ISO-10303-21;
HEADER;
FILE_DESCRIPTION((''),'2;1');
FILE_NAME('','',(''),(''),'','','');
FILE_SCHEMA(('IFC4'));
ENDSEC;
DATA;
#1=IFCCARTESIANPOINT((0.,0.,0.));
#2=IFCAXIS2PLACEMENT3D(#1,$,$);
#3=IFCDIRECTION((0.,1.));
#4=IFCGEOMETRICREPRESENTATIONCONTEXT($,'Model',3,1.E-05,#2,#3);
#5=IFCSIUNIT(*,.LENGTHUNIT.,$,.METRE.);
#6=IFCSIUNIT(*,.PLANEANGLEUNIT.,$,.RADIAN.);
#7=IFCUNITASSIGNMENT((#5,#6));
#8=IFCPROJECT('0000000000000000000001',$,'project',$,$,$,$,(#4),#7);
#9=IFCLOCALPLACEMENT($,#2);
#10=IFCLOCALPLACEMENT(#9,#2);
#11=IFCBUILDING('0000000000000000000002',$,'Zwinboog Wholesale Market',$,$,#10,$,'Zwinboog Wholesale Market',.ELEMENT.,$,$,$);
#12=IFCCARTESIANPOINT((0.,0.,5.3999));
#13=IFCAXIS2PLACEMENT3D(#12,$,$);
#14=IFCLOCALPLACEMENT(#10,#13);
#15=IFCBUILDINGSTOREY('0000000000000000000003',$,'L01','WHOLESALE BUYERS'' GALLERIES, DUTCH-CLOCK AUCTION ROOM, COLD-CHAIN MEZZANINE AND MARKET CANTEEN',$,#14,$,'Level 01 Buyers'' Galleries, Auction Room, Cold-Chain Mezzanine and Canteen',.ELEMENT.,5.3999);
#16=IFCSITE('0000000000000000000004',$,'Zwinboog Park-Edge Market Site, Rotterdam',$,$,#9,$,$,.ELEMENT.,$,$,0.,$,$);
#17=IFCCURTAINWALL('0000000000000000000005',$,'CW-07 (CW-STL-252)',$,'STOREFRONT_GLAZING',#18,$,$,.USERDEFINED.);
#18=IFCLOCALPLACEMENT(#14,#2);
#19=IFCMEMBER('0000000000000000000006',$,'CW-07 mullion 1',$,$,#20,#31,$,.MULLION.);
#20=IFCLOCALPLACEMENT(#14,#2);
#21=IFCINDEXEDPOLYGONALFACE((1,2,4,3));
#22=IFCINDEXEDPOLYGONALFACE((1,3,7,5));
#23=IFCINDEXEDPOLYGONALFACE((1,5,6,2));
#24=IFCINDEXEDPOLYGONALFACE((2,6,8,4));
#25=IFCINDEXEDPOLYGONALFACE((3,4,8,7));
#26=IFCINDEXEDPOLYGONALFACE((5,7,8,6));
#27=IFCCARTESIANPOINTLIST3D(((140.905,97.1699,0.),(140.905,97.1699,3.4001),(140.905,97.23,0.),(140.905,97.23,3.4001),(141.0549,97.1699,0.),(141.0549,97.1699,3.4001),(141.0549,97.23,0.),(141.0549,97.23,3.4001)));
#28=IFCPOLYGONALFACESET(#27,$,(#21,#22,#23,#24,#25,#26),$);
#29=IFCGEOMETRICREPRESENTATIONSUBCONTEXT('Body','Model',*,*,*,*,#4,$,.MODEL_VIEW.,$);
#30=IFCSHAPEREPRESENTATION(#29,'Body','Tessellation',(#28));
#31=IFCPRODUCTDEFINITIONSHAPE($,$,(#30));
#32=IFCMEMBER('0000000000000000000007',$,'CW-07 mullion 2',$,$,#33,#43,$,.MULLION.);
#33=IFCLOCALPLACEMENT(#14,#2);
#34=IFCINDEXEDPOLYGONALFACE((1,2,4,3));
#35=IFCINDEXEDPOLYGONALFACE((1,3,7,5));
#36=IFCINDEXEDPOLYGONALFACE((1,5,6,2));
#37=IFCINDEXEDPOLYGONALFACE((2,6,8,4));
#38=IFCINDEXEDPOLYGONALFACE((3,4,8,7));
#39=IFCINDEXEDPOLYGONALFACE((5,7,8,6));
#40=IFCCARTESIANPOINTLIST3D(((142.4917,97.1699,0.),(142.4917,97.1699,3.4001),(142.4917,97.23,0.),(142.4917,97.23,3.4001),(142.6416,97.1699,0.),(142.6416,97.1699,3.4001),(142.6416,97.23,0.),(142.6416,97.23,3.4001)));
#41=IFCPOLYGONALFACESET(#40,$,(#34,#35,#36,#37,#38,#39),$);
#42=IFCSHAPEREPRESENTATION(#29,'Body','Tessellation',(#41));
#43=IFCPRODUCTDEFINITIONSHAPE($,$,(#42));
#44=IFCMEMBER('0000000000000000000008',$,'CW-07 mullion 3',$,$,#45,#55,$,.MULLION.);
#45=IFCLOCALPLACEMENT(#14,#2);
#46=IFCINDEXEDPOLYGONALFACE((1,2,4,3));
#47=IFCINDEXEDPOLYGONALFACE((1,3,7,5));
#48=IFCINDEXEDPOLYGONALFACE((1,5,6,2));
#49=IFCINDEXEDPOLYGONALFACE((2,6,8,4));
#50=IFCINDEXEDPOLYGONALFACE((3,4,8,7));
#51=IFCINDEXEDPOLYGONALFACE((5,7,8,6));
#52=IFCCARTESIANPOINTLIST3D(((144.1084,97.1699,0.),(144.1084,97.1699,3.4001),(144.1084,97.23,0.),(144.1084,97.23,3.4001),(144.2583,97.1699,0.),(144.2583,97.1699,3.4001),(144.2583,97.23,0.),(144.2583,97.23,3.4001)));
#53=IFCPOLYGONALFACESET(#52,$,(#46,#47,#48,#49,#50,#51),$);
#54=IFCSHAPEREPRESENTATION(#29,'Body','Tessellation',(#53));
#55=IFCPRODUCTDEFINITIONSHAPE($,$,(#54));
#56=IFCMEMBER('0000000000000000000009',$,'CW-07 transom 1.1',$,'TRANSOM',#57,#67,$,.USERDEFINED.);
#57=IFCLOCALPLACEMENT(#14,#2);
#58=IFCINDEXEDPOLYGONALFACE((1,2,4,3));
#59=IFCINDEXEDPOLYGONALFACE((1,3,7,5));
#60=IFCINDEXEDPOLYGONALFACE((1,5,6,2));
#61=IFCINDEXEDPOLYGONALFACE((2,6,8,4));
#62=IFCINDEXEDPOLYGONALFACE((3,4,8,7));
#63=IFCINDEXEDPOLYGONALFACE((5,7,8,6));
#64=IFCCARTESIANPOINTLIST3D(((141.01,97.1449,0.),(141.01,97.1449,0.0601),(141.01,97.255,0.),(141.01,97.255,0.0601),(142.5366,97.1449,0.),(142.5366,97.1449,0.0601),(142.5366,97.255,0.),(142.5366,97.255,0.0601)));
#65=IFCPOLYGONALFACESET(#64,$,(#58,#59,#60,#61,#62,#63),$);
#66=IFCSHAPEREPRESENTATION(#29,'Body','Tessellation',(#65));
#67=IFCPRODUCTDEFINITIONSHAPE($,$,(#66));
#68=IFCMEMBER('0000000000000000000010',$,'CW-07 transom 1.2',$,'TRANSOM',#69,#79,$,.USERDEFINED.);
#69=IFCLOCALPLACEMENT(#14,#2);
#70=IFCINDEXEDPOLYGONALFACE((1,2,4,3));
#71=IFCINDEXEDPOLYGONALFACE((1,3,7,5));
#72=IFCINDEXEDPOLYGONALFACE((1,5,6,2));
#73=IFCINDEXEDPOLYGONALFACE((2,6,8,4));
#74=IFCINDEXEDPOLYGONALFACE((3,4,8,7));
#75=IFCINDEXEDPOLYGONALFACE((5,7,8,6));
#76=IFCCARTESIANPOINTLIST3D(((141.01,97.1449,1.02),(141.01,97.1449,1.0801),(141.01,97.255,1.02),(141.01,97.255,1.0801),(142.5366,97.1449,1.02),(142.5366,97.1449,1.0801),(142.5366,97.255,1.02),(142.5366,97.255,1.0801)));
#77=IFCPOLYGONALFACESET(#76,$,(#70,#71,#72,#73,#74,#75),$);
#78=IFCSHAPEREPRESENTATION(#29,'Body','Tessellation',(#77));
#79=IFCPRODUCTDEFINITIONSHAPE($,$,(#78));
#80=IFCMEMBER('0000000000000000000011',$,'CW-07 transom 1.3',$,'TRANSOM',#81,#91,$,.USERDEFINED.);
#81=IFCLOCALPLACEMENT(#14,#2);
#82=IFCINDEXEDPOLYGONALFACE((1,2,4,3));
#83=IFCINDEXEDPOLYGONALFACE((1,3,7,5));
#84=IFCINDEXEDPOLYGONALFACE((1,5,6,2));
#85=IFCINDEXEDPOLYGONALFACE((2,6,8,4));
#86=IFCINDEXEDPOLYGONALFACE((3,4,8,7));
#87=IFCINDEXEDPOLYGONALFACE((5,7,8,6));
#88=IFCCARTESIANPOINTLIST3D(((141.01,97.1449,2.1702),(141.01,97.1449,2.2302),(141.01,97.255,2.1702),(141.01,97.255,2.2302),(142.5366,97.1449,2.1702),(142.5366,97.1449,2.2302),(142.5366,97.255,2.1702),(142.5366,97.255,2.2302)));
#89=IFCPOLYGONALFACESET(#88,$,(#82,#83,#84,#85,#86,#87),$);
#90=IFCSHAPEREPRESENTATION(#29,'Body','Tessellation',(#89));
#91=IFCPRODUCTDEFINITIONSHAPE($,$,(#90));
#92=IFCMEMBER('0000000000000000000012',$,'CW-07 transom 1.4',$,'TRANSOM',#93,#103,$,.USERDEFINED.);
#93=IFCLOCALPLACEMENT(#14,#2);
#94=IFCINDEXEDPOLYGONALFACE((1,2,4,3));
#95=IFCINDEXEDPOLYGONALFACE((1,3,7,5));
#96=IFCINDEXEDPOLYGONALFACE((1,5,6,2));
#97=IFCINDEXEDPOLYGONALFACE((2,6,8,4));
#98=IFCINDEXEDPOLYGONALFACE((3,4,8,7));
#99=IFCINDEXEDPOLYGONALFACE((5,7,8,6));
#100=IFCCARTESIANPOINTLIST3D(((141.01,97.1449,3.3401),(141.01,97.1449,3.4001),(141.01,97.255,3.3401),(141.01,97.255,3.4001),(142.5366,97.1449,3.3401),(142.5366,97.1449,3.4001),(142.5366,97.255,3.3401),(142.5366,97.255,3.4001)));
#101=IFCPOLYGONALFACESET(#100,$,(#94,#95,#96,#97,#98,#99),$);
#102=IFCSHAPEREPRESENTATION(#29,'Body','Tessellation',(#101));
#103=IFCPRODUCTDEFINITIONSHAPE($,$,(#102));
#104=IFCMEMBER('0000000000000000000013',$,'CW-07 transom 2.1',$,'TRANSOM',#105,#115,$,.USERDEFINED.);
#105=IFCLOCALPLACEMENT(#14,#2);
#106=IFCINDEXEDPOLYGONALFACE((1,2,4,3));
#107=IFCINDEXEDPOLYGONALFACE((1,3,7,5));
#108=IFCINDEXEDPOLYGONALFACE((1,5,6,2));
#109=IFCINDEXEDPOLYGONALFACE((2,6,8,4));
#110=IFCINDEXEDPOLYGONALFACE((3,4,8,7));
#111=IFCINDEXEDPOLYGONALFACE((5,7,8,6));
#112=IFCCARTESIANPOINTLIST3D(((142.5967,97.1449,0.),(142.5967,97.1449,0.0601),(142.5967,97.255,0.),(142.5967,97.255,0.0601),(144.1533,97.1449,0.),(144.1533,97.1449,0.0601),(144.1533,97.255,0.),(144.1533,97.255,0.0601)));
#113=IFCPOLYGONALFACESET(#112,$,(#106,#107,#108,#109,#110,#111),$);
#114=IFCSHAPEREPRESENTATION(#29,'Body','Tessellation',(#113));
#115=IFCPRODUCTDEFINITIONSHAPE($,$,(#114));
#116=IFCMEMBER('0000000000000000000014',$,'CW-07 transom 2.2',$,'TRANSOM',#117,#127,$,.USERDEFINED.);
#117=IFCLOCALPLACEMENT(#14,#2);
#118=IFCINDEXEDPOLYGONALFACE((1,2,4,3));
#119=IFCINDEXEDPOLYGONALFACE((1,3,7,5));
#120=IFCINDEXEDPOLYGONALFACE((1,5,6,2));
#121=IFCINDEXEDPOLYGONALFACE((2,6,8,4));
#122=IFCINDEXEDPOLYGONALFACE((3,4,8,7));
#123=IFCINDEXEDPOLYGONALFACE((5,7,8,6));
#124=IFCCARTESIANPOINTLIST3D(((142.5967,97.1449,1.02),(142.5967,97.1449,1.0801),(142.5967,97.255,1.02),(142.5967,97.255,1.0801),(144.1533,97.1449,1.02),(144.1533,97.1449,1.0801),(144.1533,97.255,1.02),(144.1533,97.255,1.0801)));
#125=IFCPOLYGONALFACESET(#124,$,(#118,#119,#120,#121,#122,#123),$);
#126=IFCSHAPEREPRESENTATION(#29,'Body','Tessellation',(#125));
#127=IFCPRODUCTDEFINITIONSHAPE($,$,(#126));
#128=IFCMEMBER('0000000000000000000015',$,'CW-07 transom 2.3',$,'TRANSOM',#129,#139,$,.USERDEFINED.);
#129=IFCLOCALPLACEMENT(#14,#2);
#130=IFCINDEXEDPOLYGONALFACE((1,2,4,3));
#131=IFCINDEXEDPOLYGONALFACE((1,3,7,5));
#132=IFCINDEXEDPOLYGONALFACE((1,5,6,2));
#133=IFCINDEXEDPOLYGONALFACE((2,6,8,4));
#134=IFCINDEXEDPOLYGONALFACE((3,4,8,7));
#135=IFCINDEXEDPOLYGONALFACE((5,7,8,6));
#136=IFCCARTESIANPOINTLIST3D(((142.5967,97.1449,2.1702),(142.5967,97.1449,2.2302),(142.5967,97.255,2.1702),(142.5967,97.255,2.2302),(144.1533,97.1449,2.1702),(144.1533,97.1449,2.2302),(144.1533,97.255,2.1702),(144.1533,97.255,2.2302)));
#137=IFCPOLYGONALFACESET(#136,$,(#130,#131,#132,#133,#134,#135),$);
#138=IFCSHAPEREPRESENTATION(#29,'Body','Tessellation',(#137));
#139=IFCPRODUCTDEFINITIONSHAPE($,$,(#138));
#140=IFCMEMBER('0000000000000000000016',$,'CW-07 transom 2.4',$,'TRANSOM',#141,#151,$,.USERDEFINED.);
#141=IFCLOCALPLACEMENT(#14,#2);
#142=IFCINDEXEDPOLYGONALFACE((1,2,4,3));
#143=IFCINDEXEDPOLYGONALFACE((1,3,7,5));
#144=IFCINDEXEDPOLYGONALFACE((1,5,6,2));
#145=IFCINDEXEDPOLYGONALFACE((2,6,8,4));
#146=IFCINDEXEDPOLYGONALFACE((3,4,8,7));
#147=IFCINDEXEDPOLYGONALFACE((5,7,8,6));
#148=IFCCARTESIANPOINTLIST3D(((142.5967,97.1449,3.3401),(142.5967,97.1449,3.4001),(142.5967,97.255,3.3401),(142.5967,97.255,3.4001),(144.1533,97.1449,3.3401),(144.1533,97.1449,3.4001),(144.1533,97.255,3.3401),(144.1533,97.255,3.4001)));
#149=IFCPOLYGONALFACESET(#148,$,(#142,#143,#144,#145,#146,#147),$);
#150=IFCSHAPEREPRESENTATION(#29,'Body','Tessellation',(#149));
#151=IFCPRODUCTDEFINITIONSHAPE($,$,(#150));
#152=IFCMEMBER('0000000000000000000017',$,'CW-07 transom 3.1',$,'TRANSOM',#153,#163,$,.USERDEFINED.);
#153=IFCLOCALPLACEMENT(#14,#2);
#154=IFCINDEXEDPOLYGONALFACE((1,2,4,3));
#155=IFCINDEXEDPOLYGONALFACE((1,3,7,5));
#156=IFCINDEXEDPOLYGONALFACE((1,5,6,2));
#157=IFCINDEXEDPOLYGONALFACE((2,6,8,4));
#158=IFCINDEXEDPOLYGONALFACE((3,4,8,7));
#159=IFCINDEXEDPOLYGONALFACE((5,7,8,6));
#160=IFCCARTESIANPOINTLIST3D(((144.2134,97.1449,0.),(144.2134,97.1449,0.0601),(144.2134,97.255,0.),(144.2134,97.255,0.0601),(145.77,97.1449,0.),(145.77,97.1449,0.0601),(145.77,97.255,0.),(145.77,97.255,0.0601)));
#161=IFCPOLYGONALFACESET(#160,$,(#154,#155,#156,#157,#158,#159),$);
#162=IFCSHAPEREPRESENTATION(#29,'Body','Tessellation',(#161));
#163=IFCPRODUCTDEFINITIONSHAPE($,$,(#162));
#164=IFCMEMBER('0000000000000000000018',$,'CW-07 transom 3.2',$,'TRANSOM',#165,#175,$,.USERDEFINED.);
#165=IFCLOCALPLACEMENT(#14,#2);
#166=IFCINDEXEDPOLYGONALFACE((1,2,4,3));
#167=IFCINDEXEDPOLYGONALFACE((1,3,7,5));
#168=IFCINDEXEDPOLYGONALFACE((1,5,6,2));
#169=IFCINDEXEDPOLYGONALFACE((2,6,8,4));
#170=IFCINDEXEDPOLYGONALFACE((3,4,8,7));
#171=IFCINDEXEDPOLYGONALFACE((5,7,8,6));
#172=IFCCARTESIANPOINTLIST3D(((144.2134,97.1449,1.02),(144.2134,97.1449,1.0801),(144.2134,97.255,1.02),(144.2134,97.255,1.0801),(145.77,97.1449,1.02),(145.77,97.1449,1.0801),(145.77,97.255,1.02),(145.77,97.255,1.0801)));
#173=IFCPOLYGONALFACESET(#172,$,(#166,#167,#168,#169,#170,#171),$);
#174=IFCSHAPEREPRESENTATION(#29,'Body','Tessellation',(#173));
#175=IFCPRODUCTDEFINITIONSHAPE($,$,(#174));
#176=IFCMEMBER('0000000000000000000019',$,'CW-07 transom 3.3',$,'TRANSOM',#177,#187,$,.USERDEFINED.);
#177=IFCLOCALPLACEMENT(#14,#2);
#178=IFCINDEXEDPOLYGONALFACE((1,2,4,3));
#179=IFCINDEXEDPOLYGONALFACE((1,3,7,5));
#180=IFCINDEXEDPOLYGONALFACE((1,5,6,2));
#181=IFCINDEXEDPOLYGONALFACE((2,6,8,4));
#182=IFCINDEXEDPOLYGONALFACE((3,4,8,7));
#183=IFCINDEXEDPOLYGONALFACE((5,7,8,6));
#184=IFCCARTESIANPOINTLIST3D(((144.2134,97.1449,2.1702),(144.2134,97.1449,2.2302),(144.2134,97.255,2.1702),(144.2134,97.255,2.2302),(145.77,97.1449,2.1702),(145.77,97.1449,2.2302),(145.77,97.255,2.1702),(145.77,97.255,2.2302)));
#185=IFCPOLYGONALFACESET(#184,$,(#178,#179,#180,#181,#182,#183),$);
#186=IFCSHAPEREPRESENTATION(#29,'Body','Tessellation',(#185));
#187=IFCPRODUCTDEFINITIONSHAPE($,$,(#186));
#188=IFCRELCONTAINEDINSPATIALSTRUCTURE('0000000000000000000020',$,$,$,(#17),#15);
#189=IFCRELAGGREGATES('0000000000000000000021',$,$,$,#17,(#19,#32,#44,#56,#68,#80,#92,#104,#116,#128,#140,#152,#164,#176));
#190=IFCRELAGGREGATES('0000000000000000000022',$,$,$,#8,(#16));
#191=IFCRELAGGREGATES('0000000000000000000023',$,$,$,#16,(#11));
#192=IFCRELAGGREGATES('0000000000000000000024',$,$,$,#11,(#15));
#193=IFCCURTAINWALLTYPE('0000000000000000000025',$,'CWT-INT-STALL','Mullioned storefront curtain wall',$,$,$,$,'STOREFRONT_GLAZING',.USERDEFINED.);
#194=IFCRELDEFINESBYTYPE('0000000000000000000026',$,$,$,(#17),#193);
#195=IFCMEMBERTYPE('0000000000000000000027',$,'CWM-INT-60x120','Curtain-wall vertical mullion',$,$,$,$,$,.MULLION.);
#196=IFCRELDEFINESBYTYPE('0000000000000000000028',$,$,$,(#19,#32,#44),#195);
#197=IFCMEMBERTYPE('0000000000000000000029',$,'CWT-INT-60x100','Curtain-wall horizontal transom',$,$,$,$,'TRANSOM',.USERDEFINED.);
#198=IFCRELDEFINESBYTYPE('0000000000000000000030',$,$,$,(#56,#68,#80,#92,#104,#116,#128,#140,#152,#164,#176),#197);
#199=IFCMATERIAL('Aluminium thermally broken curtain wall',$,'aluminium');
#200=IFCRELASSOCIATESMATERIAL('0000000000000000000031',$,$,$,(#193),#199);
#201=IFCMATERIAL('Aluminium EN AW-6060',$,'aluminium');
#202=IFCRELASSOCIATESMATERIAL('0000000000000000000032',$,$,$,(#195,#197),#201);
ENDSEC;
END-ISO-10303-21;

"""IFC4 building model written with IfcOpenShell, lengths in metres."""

from ifc_helpers import new_model, si_unit, direction, frame, origin, origin_2d, place, context, subcontext, project, spatial, rectangle, extrude, material, material_profile, profile_set, type_object, element, aggregate, save


model = new_model("IFC4")

# Units and contexts
model_context = context("Model", 3, precision=1e-05, world=origin(), true_north=direction((0.0, 1.0)))
body_context = subcontext(model_context, "Body", "Model", "MODEL_VIEW")
ifc_project = project(units=[si_unit("LENGTHUNIT", "METRE"), si_unit("PLANEANGLEUNIT", "RADIAN")], contexts=[model_context])

# Site, building, storey
site_placement = place(None, origin())
site = spatial("IfcSite", under=ifc_project, at=site_placement, Name="Zwinboog Park-Edge Market Site, Rotterdam", CompositionType="ELEMENT", RefElevation=0.0)
building_placement = place(site_placement, origin())
building = spatial("IfcBuilding", under=site, at=building_placement, Name="Zwinboog Wholesale Market", LongName="Zwinboog Wholesale Market", CompositionType="ELEMENT")
storey_placement = place(building_placement, frame((0.0, 0.0, 5.3999)))
storey = spatial("IfcBuildingStorey", under=building, at=storey_placement, Name="L01", Description="WHOLESALE BUYERS' GALLERIES, DUTCH-CLOCK AUCTION ROOM, COLD-CHAIN MEZZANINE AND MARKET CANTEEN", LongName="Level 01 Buyers' Galleries, Auction Room, Cold-Chain Mezzanine and Canteen", CompositionType="ELEMENT", Elevation=5.3999)

# Curtain wall, members
ifc_material_1 = material(Name="Aluminium thermally broken curtain wall", Category="aluminium")
curtain_wall_type = type_object("IfcCurtainWallType", Name="CWT-INT-STALL", Description="Mullioned storefront curtain wall", ElementType="STOREFRONT_GLAZING", PredefinedType="USERDEFINED", material=ifc_material_1)
curtain_wall_placement = place(storey_placement, origin())
curtain_wall = element("IfcCurtainWall", 1, at=curtain_wall_placement, inside=storey, type_object=curtain_wall_type, Name="CW-07 (CW-STL-252)", ObjectType="STOREFRONT_GLAZING", PredefinedType="USERDEFINED")
ifc_material_2 = material(Name="Aluminium EN AW-6060", Category="aluminium")
ifc_material_profile_1 = material_profile(ifc_material_2, rectangle(XDim=0.0601, YDim=0.1499, at=origin_2d()), Name="AL 60x150")
ifc_profile_set_1 = profile_set([ifc_material_profile_1], Name="Aluminium EN AW-6060")
member_type_1 = type_object("IfcMemberType", Name="CWM-INT-60x120", Description="Curtain-wall vertical mullion", PredefinedType="MULLION", material=ifc_profile_set_1)
member_1_placement = place(storey_placement, frame((140.98, 97.2, 0.0), z_axis=(0.0, 0.0, 1.0), x_axis=(0.0, 1.0, 0.0)))
member_1 = element("IfcMember", 2, at=member_1_placement, type_object=member_type_1, Name="CW-07 mullion 1", PredefinedType="MULLION", context=body_context, shape_type="SweptSolid", body=[
    extrude(rectangle(XDim=0.0601, YDim=0.1499, at=origin_2d()), origin(), (0.0, 0.0, 1.0), 3.4001),
])
member_2_placement = place(storey_placement, frame((142.5667, 97.2, 0.0), z_axis=(0.0, 0.0, 1.0), x_axis=(0.0, 1.0, 0.0)))
member_2 = element("IfcMember", 3, at=member_2_placement, type_object=member_type_1, Name="CW-07 mullion 2", PredefinedType="MULLION", context=body_context, shape_type="SweptSolid", body=[
    extrude(rectangle(XDim=0.0601, YDim=0.1499, at=origin_2d()), origin(), (0.0, 0.0, 1.0), 3.4001),
])
member_3_placement = place(storey_placement, frame((144.1833, 97.2, 0.0), z_axis=(0.0, 0.0, 1.0), x_axis=(0.0, 1.0, 0.0)))
member_3 = element("IfcMember", 4, at=member_3_placement, type_object=member_type_1, Name="CW-07 mullion 3", PredefinedType="MULLION", context=body_context, shape_type="SweptSolid", body=[
    extrude(rectangle(XDim=0.0601, YDim=0.1499, at=origin_2d()), origin(), (0.0, 0.0, 1.0), 3.4001),
])
ifc_material_profile_2 = material_profile(ifc_material_2, rectangle(XDim=0.1101, YDim=0.0601, at=origin_2d()), Name="AL 60x110")
ifc_profile_set_2 = profile_set([ifc_material_profile_2], Name="Aluminium EN AW-6060")
member_type_2 = type_object("IfcMemberType", Name="CWT-INT-60x100", Description="Curtain-wall horizontal transom", ElementType="TRANSOM", PredefinedType="USERDEFINED", material=ifc_profile_set_2)
member_4_placement = place(storey_placement, frame((141.01, 97.2, 0.03), z_axis=(1.0, 0.0, 0.0), x_axis=(0.0, 1.0, 0.0)))
member_4 = element("IfcMember", 5, at=member_4_placement, type_object=member_type_2, Name="CW-07 transom 1.1", ObjectType="TRANSOM", PredefinedType="USERDEFINED", context=body_context, shape_type="SweptSolid", body=[
    extrude(rectangle(XDim=0.1101, YDim=0.0601, at=origin_2d()), origin(), (0.0, 0.0, 1.0), 1.5266),
])
member_5_placement = place(storey_placement, frame((141.01, 97.2, 1.05), z_axis=(1.0, 0.0, 0.0), x_axis=(0.0, 1.0, 0.0)))
member_5 = element("IfcMember", 6, at=member_5_placement, type_object=member_type_2, Name="CW-07 transom 1.2", ObjectType="TRANSOM", PredefinedType="USERDEFINED", context=body_context, shape_type="SweptSolid", body=[
    extrude(rectangle(XDim=0.1101, YDim=0.0601, at=origin_2d()), origin(), (0.0, 0.0, 1.0), 1.5266),
])
member_6_placement = place(storey_placement, frame((141.01, 97.2, 2.2002), z_axis=(1.0, 0.0, 0.0), x_axis=(0.0, 1.0, 0.0)))
member_6 = element("IfcMember", 7, at=member_6_placement, type_object=member_type_2, Name="CW-07 transom 1.3", ObjectType="TRANSOM", PredefinedType="USERDEFINED", context=body_context, shape_type="SweptSolid", body=[
    extrude(rectangle(XDim=0.1101, YDim=0.0601, at=origin_2d()), origin(), (0.0, 0.0, 1.0), 1.5266),
])
member_7_placement = place(storey_placement, frame((141.01, 97.2, 3.3701), z_axis=(1.0, 0.0, 0.0), x_axis=(0.0, 1.0, 0.0)))
member_7 = element("IfcMember", 8, at=member_7_placement, type_object=member_type_2, Name="CW-07 transom 1.4", ObjectType="TRANSOM", PredefinedType="USERDEFINED", context=body_context, shape_type="SweptSolid", body=[
    extrude(rectangle(XDim=0.1101, YDim=0.0601, at=origin_2d()), origin(), (0.0, 0.0, 1.0), 1.5266),
])
member_8_placement = place(storey_placement, frame((142.5967, 97.2, 0.03), z_axis=(1.0, 0.0, 0.0), x_axis=(0.0, 1.0, 0.0)))
member_8 = element("IfcMember", 9, at=member_8_placement, type_object=member_type_2, Name="CW-07 transom 2.1", ObjectType="TRANSOM", PredefinedType="USERDEFINED", context=body_context, shape_type="SweptSolid", body=[
    extrude(rectangle(XDim=0.1101, YDim=0.0601, at=origin_2d()), origin(), (0.0, 0.0, 1.0), 1.5566),
])
member_9_placement = place(storey_placement, frame((142.5967, 97.2, 1.05), z_axis=(1.0, 0.0, 0.0), x_axis=(0.0, 1.0, 0.0)))
member_9 = element("IfcMember", 10, at=member_9_placement, type_object=member_type_2, Name="CW-07 transom 2.2", ObjectType="TRANSOM", PredefinedType="USERDEFINED", context=body_context, shape_type="SweptSolid", body=[
    extrude(rectangle(XDim=0.1101, YDim=0.0601, at=origin_2d()), origin(), (0.0, 0.0, 1.0), 1.5566),
])
member_10_placement = place(storey_placement, frame((142.5967, 97.2, 2.2002), z_axis=(1.0, 0.0, 0.0), x_axis=(0.0, 1.0, 0.0)))
member_10 = element("IfcMember", 11, at=member_10_placement, type_object=member_type_2, Name="CW-07 transom 2.3", ObjectType="TRANSOM", PredefinedType="USERDEFINED", context=body_context, shape_type="SweptSolid", body=[
    extrude(rectangle(XDim=0.1101, YDim=0.0601, at=origin_2d()), origin(), (0.0, 0.0, 1.0), 1.5566),
])
member_11_placement = place(storey_placement, frame((142.5967, 97.2, 3.3701), z_axis=(1.0, 0.0, 0.0), x_axis=(0.0, 1.0, 0.0)))
member_11 = element("IfcMember", 12, at=member_11_placement, type_object=member_type_2, Name="CW-07 transom 2.4", ObjectType="TRANSOM", PredefinedType="USERDEFINED", context=body_context, shape_type="SweptSolid", body=[
    extrude(rectangle(XDim=0.1101, YDim=0.0601, at=origin_2d()), origin(), (0.0, 0.0, 1.0), 1.5566),
])
member_12_placement = place(storey_placement, frame((144.2134, 97.2, 0.03), z_axis=(1.0, 0.0, 0.0), x_axis=(0.0, 1.0, 0.0)))
member_12 = element("IfcMember", 13, at=member_12_placement, type_object=member_type_2, Name="CW-07 transom 3.1", ObjectType="TRANSOM", PredefinedType="USERDEFINED", context=body_context, shape_type="SweptSolid", body=[
    extrude(rectangle(XDim=0.1101, YDim=0.0601, at=origin_2d()), origin(), (0.0, 0.0, 1.0), 1.5566),
])
member_13_placement = place(storey_placement, frame((144.2134, 97.2, 1.05), z_axis=(1.0, 0.0, 0.0), x_axis=(0.0, 1.0, 0.0)))
member_13 = element("IfcMember", 14, at=member_13_placement, type_object=member_type_2, Name="CW-07 transom 3.2", ObjectType="TRANSOM", PredefinedType="USERDEFINED", context=body_context, shape_type="SweptSolid", body=[
    extrude(rectangle(XDim=0.1101, YDim=0.0601, at=origin_2d()), origin(), (0.0, 0.0, 1.0), 1.5566),
])
member_14_placement = place(storey_placement, frame((144.2134, 97.2, 2.2002), z_axis=(1.0, 0.0, 0.0), x_axis=(0.0, 1.0, 0.0)))
member_14 = element("IfcMember", 15, at=member_14_placement, type_object=member_type_2, Name="CW-07 transom 3.3", ObjectType="TRANSOM", PredefinedType="USERDEFINED", context=body_context, shape_type="SweptSolid", body=[
    extrude(rectangle(XDim=0.1101, YDim=0.0601, at=origin_2d()), origin(), (0.0, 0.0, 1.0), 1.5566),
])
aggregate(curtain_wall, [member_1, member_2, member_3, member_4, member_5, member_6, member_7, member_8, member_9, member_10, member_11, member_12, member_13, member_14])

save(model, "model.ifc")
